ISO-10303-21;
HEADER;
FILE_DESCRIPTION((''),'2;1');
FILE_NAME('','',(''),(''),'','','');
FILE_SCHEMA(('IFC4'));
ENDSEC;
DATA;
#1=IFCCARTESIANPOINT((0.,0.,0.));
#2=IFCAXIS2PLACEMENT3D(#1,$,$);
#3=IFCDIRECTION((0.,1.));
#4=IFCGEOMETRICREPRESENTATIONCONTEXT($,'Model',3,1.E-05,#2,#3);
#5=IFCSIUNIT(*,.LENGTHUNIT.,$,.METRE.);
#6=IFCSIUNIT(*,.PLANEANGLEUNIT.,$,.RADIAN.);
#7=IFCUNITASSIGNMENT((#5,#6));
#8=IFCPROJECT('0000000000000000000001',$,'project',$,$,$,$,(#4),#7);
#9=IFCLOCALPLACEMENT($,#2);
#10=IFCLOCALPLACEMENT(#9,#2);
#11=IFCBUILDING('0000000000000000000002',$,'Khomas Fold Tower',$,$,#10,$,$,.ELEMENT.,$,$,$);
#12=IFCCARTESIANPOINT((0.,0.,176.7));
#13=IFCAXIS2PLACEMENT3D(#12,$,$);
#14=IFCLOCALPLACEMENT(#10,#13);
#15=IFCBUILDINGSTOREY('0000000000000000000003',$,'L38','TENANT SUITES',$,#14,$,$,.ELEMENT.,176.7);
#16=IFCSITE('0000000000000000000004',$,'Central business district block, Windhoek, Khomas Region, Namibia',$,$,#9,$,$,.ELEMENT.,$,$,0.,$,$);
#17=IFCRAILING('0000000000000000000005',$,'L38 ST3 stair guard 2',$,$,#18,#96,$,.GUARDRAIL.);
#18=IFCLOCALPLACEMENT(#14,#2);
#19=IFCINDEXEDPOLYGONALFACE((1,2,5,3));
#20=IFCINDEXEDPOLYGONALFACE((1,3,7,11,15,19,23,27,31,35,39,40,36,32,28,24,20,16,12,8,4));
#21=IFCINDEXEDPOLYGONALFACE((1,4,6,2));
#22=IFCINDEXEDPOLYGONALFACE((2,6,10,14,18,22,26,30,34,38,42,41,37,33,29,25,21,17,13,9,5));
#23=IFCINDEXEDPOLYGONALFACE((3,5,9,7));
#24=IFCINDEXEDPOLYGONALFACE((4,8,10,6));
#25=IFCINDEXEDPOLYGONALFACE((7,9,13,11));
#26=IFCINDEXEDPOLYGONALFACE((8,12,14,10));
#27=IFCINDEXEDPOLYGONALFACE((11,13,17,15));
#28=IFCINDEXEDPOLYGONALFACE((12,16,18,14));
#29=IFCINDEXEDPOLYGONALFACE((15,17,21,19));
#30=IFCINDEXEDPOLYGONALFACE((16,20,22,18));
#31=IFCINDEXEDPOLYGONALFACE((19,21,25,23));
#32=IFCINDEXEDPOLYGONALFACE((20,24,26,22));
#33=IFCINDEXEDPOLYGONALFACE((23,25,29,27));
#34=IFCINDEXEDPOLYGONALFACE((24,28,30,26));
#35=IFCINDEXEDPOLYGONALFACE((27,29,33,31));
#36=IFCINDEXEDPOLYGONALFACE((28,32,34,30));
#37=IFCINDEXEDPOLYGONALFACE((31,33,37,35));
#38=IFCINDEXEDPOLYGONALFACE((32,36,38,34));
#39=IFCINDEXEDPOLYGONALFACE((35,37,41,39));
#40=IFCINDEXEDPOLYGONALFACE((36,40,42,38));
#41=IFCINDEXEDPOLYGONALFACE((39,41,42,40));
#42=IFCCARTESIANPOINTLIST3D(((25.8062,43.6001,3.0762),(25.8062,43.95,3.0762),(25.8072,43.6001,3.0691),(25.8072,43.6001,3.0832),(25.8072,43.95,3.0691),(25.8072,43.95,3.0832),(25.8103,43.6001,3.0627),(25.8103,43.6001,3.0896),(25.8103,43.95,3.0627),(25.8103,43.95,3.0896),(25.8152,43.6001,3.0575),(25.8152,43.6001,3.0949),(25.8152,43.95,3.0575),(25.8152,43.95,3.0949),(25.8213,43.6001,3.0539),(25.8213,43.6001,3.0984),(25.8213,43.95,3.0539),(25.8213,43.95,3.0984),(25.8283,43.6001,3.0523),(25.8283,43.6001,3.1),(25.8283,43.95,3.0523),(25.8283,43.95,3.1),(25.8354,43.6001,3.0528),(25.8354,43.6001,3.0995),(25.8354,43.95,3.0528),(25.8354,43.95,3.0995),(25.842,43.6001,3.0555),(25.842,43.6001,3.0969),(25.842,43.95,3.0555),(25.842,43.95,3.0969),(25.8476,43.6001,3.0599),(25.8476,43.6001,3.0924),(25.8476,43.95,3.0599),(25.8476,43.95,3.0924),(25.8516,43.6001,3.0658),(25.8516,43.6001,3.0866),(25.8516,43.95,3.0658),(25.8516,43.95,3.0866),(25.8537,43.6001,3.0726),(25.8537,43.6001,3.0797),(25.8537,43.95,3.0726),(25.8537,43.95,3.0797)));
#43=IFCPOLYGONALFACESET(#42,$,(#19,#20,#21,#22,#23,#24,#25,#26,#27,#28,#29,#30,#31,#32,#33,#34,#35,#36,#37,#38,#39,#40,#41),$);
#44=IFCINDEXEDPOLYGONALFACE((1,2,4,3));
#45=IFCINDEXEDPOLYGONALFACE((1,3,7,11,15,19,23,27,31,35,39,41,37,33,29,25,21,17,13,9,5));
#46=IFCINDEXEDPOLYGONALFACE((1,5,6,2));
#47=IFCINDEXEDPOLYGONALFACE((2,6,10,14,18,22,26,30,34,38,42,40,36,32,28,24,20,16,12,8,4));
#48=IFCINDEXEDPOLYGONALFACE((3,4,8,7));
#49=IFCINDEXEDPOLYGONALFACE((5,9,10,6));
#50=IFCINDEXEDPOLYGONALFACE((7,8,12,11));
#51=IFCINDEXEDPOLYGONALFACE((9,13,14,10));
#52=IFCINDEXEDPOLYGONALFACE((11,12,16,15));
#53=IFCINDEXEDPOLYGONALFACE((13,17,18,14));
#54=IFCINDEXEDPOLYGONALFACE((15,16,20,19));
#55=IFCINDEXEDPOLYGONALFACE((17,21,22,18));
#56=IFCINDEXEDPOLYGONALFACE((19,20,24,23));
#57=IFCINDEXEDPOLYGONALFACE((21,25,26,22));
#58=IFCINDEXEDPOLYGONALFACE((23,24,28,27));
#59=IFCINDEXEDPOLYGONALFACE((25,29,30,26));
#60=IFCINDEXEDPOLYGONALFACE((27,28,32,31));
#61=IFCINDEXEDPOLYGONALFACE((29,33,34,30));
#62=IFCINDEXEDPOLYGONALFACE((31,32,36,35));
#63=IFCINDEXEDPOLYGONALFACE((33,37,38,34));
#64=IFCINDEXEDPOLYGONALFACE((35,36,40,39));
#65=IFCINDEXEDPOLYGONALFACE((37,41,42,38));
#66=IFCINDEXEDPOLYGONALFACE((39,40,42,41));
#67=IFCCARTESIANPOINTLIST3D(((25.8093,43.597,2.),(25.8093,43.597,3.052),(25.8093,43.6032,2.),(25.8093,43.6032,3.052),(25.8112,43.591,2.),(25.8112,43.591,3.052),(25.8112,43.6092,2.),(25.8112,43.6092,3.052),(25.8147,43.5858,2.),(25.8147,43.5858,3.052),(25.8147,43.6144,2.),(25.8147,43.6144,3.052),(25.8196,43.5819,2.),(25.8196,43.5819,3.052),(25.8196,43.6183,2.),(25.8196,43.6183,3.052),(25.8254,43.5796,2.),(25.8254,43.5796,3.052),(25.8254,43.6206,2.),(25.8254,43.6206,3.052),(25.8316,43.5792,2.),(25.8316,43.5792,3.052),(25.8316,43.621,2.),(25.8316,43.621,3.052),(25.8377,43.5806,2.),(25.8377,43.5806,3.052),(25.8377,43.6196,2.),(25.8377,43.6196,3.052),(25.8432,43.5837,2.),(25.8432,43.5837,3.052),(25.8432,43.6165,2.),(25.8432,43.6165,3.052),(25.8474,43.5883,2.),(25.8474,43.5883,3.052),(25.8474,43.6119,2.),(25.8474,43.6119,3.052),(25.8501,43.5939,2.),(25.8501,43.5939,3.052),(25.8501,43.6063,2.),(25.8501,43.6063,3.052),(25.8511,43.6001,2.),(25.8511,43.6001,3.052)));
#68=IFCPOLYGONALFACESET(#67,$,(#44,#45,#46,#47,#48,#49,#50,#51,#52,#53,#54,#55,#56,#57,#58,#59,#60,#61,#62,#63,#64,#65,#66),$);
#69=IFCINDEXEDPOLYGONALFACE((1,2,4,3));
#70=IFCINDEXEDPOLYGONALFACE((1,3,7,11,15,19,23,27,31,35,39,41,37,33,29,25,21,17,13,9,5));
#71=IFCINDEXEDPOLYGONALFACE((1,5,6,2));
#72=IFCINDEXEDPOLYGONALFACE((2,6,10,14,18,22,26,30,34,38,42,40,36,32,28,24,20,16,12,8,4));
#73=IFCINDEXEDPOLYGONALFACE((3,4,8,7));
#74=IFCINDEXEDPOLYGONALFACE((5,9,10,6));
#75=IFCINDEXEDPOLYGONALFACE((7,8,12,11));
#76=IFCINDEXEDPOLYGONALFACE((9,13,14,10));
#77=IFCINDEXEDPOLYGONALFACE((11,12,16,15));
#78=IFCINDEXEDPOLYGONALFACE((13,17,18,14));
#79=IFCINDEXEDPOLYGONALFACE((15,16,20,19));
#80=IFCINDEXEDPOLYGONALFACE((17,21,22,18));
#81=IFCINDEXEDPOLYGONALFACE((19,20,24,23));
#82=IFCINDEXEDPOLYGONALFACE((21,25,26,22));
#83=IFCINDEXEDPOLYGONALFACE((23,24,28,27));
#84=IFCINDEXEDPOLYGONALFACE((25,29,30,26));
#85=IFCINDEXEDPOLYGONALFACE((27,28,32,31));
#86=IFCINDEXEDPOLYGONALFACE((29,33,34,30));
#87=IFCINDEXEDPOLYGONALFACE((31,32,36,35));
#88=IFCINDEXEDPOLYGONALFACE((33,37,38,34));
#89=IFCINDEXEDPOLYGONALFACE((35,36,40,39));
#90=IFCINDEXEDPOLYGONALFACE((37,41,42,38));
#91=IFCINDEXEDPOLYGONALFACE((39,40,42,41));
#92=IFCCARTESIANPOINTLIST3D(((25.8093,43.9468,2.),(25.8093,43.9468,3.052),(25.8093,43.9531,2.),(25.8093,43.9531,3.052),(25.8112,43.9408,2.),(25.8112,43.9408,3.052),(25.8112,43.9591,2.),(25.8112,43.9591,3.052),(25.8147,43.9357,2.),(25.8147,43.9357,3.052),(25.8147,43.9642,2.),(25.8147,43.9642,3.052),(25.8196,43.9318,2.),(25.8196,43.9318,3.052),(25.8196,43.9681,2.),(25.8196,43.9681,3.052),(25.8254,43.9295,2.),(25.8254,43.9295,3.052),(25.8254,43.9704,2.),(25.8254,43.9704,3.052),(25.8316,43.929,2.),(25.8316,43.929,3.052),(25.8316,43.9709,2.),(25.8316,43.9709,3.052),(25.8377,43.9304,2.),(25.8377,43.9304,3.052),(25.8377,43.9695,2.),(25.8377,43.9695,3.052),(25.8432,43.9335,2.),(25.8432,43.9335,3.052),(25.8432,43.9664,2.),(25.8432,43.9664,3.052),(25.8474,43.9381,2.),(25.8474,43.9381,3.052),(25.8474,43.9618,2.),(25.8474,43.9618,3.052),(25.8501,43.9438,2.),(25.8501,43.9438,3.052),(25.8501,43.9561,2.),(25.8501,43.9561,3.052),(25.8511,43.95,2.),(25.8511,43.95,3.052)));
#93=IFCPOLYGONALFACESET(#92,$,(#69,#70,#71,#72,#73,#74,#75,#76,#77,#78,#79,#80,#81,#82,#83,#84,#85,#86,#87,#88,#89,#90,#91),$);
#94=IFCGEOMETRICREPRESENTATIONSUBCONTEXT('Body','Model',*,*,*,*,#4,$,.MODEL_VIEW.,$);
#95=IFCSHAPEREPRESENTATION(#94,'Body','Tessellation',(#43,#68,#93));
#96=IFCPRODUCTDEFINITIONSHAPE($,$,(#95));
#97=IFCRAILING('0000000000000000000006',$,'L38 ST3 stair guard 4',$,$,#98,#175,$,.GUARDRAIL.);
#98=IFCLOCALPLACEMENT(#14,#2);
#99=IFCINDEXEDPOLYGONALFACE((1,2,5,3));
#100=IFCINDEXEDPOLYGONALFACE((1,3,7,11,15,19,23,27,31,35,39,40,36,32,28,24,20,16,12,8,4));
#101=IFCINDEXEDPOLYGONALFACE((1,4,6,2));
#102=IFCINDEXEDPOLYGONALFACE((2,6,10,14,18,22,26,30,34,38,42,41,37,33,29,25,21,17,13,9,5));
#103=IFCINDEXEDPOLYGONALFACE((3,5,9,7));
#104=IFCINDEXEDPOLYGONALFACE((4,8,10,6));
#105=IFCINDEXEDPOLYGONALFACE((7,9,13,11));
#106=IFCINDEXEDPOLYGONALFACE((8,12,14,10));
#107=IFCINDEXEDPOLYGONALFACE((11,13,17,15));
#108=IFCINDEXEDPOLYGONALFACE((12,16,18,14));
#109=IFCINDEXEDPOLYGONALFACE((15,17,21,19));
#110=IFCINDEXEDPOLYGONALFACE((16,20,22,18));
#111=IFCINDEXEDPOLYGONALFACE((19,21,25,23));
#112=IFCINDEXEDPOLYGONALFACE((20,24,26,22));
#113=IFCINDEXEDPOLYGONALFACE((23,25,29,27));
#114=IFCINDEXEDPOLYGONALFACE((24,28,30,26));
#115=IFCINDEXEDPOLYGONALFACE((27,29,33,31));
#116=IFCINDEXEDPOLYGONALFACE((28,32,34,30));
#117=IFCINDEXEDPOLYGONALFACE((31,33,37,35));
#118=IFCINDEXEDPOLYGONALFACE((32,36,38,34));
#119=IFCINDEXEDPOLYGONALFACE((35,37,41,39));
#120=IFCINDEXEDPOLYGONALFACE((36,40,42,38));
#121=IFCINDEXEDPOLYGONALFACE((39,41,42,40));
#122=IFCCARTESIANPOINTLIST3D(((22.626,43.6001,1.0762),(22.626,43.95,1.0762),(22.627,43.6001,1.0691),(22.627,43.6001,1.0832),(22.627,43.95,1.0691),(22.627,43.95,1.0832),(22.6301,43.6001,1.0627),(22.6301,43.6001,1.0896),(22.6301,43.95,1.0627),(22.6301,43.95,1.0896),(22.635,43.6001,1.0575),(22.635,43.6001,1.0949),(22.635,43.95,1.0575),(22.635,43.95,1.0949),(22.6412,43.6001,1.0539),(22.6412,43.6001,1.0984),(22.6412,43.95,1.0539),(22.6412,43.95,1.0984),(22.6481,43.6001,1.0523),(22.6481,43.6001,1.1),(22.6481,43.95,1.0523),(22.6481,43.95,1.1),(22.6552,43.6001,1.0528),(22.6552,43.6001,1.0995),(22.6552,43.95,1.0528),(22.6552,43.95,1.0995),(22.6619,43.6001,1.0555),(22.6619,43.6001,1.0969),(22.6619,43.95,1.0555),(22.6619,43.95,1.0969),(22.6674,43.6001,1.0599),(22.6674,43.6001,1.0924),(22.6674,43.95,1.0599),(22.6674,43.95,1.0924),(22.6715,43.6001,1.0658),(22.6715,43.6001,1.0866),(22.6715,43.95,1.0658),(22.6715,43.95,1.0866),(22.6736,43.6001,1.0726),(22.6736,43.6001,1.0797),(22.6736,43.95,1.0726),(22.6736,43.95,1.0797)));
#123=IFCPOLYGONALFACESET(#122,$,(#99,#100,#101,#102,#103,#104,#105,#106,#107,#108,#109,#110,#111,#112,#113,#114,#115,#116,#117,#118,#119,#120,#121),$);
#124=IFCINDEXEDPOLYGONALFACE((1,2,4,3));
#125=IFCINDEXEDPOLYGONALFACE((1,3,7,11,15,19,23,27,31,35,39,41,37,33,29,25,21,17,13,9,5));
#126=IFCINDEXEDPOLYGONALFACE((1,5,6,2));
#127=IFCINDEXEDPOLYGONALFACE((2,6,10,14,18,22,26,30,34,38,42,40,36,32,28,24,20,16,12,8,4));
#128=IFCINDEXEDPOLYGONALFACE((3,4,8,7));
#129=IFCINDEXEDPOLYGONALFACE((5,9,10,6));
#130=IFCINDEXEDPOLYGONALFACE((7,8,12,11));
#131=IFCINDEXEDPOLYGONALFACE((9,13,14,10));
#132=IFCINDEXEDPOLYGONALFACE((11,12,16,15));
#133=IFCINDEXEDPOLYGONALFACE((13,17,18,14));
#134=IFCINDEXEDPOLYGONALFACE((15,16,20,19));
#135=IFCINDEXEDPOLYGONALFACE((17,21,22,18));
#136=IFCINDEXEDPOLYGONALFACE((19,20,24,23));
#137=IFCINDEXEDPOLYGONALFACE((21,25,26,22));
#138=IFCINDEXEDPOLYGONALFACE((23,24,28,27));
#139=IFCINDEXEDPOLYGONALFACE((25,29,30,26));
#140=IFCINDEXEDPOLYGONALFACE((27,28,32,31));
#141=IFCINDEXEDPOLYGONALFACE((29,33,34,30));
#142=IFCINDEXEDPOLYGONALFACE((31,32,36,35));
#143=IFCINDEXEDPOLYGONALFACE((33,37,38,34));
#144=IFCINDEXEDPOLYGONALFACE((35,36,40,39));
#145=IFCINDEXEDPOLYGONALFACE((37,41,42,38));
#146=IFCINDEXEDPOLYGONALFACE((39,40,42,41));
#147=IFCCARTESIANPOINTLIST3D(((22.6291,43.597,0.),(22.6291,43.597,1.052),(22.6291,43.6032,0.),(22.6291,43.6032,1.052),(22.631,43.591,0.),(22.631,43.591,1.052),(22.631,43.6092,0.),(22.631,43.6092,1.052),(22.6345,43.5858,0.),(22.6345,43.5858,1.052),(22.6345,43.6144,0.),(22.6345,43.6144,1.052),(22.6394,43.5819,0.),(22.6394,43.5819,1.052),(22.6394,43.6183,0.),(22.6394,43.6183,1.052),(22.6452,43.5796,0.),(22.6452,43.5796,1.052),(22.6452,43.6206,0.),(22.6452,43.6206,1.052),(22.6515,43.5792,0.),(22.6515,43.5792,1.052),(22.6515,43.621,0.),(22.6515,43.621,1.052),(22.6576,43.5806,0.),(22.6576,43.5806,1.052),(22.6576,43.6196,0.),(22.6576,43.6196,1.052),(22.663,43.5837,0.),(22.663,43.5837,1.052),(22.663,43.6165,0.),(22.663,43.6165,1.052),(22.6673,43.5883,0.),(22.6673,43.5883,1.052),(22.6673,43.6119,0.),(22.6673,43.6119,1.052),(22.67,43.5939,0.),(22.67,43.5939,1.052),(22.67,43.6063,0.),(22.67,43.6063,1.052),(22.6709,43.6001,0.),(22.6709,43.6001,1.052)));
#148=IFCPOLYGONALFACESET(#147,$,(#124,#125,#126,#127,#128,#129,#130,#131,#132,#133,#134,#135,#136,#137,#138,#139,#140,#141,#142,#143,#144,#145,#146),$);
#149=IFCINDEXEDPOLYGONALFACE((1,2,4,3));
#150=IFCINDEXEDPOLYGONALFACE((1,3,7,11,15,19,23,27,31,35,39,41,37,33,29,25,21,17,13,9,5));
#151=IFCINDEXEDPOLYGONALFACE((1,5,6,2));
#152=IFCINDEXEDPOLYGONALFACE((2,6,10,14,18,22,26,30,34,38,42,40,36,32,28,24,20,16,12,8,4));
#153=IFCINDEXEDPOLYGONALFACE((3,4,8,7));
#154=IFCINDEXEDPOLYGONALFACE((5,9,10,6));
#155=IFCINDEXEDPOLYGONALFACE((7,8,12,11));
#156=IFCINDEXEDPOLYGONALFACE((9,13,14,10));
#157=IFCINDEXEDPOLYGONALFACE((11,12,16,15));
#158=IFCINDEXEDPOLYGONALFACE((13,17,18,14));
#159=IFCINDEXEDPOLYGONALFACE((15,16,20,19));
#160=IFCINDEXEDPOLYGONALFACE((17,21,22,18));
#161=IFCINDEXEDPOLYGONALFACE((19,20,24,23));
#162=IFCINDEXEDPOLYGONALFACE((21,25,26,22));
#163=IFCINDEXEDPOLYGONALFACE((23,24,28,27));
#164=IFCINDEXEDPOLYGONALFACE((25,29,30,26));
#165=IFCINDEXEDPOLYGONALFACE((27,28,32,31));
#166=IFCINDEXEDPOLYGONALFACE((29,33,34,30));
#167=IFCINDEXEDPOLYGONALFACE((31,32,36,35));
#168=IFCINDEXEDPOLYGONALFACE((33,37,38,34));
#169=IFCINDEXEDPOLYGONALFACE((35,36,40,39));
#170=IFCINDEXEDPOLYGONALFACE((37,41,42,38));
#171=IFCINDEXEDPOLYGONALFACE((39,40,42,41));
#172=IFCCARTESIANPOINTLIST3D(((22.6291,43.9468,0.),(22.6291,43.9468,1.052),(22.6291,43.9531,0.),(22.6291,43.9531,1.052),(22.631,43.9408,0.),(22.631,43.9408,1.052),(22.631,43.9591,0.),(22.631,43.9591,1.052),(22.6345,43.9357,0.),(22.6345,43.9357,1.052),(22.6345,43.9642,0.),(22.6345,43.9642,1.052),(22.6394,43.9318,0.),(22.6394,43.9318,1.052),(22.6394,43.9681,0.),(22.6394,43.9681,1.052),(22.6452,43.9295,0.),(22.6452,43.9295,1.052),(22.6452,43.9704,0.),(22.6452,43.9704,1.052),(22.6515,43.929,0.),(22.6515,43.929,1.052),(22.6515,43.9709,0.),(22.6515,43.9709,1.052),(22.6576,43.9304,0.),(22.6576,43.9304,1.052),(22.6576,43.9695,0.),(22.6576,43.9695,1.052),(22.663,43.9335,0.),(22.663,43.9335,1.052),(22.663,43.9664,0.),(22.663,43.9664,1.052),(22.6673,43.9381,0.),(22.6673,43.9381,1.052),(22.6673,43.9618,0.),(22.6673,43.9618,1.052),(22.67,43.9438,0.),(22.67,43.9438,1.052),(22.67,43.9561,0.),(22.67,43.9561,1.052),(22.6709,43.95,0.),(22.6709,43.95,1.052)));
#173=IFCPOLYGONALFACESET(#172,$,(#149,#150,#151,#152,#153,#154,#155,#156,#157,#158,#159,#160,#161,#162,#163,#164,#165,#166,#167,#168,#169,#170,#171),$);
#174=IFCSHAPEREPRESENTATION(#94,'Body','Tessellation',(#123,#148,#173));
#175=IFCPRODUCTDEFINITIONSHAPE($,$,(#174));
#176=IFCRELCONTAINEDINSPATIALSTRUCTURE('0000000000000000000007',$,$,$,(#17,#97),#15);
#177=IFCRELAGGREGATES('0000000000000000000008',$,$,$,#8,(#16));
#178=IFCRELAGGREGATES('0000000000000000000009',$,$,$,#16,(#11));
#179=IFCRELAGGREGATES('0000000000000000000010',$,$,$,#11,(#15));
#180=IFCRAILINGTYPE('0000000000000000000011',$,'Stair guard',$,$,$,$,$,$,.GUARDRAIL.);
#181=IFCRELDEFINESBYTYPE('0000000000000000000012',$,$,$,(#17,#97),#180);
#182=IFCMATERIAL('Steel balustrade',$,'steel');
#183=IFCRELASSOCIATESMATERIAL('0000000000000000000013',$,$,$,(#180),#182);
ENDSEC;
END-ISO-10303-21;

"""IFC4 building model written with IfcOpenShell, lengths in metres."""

from ifc_helpers import new_model, si_unit, direction, frame, origin, origin_2d, place, context, subcontext, project, spatial, circle, extrude, source, transform, mapped, material, type_object, element, save


model = new_model("IFC4")

# Units and contexts
model_context = context("Model", 3, precision=1e-05, world=origin(), true_north=direction((0.0, 1.0)))
body_context = subcontext(model_context, "Body", "Model", "MODEL_VIEW")
ifc_project = project(units=[si_unit("LENGTHUNIT", "METRE"), si_unit("PLANEANGLEUNIT", "RADIAN")], contexts=[model_context])

# Site, building, storey
site_placement = place(None, origin())
site = spatial("IfcSite", under=ifc_project, at=site_placement, Name="Central business district block, Windhoek, Khomas Region, Namibia", CompositionType="ELEMENT", RefElevation=0.0)
building_placement = place(site_placement, origin())
building = spatial("IfcBuilding", under=site, at=building_placement, Name="Khomas Fold Tower", CompositionType="ELEMENT")
storey_placement = place(building_placement, frame((0.0, 0.0, 176.7)))
storey = spatial("IfcBuildingStorey", under=building, at=storey_placement, Name="L38", Description="TENANT SUITES", CompositionType="ELEMENT", Elevation=176.7)

# Railings
ifc_material_1 = material(Name="Steel balustrade", Category="steel")
railing_type_1 = type_object("IfcRailingType", Name="Stair guard", PredefinedType="GUARDRAIL", material=ifc_material_1)
shared_shape_1 = source(origin(), body_context, "Body", "SweptSolid", [
    extrude(circle(Radius=0.0239, at=origin_2d()), frame((0.0, 0.0, 1.0762), z_axis=(0.0, 1.0, 0.0), x_axis=(-1.0, 0.0, 0.0)), (0.0, 0.0, 1.0), 0.3499),
    extrude(circle(Radius=0.021, at=origin_2d()), origin(), (0.0, 0.0, 1.0), 1.052),
    extrude(circle(Radius=0.021, at=origin_2d()), frame((0.0, 0.3499, 0.0)), (0.0, 0.0, 1.0), 1.052),
])
for number, where, name in (
    (1, (25.8301, 43.6001, 2.0), "L38 ST3 stair guard 2"),
    (2, (22.6499, 43.6001, 0.0), "L38 ST3 stair guard 4"),
):
    element("IfcRailing", number, at=place(storey_placement, frame(where)), inside=storey, type_object=railing_type_1, Name=name, PredefinedType="GUARDRAIL", context=body_context, shape_type="MappedRepresentation", body=[
        mapped(shared_shape_1, transform((0.0, 0.0, 0.0))),
    ])

save(model, "model.ifc")
